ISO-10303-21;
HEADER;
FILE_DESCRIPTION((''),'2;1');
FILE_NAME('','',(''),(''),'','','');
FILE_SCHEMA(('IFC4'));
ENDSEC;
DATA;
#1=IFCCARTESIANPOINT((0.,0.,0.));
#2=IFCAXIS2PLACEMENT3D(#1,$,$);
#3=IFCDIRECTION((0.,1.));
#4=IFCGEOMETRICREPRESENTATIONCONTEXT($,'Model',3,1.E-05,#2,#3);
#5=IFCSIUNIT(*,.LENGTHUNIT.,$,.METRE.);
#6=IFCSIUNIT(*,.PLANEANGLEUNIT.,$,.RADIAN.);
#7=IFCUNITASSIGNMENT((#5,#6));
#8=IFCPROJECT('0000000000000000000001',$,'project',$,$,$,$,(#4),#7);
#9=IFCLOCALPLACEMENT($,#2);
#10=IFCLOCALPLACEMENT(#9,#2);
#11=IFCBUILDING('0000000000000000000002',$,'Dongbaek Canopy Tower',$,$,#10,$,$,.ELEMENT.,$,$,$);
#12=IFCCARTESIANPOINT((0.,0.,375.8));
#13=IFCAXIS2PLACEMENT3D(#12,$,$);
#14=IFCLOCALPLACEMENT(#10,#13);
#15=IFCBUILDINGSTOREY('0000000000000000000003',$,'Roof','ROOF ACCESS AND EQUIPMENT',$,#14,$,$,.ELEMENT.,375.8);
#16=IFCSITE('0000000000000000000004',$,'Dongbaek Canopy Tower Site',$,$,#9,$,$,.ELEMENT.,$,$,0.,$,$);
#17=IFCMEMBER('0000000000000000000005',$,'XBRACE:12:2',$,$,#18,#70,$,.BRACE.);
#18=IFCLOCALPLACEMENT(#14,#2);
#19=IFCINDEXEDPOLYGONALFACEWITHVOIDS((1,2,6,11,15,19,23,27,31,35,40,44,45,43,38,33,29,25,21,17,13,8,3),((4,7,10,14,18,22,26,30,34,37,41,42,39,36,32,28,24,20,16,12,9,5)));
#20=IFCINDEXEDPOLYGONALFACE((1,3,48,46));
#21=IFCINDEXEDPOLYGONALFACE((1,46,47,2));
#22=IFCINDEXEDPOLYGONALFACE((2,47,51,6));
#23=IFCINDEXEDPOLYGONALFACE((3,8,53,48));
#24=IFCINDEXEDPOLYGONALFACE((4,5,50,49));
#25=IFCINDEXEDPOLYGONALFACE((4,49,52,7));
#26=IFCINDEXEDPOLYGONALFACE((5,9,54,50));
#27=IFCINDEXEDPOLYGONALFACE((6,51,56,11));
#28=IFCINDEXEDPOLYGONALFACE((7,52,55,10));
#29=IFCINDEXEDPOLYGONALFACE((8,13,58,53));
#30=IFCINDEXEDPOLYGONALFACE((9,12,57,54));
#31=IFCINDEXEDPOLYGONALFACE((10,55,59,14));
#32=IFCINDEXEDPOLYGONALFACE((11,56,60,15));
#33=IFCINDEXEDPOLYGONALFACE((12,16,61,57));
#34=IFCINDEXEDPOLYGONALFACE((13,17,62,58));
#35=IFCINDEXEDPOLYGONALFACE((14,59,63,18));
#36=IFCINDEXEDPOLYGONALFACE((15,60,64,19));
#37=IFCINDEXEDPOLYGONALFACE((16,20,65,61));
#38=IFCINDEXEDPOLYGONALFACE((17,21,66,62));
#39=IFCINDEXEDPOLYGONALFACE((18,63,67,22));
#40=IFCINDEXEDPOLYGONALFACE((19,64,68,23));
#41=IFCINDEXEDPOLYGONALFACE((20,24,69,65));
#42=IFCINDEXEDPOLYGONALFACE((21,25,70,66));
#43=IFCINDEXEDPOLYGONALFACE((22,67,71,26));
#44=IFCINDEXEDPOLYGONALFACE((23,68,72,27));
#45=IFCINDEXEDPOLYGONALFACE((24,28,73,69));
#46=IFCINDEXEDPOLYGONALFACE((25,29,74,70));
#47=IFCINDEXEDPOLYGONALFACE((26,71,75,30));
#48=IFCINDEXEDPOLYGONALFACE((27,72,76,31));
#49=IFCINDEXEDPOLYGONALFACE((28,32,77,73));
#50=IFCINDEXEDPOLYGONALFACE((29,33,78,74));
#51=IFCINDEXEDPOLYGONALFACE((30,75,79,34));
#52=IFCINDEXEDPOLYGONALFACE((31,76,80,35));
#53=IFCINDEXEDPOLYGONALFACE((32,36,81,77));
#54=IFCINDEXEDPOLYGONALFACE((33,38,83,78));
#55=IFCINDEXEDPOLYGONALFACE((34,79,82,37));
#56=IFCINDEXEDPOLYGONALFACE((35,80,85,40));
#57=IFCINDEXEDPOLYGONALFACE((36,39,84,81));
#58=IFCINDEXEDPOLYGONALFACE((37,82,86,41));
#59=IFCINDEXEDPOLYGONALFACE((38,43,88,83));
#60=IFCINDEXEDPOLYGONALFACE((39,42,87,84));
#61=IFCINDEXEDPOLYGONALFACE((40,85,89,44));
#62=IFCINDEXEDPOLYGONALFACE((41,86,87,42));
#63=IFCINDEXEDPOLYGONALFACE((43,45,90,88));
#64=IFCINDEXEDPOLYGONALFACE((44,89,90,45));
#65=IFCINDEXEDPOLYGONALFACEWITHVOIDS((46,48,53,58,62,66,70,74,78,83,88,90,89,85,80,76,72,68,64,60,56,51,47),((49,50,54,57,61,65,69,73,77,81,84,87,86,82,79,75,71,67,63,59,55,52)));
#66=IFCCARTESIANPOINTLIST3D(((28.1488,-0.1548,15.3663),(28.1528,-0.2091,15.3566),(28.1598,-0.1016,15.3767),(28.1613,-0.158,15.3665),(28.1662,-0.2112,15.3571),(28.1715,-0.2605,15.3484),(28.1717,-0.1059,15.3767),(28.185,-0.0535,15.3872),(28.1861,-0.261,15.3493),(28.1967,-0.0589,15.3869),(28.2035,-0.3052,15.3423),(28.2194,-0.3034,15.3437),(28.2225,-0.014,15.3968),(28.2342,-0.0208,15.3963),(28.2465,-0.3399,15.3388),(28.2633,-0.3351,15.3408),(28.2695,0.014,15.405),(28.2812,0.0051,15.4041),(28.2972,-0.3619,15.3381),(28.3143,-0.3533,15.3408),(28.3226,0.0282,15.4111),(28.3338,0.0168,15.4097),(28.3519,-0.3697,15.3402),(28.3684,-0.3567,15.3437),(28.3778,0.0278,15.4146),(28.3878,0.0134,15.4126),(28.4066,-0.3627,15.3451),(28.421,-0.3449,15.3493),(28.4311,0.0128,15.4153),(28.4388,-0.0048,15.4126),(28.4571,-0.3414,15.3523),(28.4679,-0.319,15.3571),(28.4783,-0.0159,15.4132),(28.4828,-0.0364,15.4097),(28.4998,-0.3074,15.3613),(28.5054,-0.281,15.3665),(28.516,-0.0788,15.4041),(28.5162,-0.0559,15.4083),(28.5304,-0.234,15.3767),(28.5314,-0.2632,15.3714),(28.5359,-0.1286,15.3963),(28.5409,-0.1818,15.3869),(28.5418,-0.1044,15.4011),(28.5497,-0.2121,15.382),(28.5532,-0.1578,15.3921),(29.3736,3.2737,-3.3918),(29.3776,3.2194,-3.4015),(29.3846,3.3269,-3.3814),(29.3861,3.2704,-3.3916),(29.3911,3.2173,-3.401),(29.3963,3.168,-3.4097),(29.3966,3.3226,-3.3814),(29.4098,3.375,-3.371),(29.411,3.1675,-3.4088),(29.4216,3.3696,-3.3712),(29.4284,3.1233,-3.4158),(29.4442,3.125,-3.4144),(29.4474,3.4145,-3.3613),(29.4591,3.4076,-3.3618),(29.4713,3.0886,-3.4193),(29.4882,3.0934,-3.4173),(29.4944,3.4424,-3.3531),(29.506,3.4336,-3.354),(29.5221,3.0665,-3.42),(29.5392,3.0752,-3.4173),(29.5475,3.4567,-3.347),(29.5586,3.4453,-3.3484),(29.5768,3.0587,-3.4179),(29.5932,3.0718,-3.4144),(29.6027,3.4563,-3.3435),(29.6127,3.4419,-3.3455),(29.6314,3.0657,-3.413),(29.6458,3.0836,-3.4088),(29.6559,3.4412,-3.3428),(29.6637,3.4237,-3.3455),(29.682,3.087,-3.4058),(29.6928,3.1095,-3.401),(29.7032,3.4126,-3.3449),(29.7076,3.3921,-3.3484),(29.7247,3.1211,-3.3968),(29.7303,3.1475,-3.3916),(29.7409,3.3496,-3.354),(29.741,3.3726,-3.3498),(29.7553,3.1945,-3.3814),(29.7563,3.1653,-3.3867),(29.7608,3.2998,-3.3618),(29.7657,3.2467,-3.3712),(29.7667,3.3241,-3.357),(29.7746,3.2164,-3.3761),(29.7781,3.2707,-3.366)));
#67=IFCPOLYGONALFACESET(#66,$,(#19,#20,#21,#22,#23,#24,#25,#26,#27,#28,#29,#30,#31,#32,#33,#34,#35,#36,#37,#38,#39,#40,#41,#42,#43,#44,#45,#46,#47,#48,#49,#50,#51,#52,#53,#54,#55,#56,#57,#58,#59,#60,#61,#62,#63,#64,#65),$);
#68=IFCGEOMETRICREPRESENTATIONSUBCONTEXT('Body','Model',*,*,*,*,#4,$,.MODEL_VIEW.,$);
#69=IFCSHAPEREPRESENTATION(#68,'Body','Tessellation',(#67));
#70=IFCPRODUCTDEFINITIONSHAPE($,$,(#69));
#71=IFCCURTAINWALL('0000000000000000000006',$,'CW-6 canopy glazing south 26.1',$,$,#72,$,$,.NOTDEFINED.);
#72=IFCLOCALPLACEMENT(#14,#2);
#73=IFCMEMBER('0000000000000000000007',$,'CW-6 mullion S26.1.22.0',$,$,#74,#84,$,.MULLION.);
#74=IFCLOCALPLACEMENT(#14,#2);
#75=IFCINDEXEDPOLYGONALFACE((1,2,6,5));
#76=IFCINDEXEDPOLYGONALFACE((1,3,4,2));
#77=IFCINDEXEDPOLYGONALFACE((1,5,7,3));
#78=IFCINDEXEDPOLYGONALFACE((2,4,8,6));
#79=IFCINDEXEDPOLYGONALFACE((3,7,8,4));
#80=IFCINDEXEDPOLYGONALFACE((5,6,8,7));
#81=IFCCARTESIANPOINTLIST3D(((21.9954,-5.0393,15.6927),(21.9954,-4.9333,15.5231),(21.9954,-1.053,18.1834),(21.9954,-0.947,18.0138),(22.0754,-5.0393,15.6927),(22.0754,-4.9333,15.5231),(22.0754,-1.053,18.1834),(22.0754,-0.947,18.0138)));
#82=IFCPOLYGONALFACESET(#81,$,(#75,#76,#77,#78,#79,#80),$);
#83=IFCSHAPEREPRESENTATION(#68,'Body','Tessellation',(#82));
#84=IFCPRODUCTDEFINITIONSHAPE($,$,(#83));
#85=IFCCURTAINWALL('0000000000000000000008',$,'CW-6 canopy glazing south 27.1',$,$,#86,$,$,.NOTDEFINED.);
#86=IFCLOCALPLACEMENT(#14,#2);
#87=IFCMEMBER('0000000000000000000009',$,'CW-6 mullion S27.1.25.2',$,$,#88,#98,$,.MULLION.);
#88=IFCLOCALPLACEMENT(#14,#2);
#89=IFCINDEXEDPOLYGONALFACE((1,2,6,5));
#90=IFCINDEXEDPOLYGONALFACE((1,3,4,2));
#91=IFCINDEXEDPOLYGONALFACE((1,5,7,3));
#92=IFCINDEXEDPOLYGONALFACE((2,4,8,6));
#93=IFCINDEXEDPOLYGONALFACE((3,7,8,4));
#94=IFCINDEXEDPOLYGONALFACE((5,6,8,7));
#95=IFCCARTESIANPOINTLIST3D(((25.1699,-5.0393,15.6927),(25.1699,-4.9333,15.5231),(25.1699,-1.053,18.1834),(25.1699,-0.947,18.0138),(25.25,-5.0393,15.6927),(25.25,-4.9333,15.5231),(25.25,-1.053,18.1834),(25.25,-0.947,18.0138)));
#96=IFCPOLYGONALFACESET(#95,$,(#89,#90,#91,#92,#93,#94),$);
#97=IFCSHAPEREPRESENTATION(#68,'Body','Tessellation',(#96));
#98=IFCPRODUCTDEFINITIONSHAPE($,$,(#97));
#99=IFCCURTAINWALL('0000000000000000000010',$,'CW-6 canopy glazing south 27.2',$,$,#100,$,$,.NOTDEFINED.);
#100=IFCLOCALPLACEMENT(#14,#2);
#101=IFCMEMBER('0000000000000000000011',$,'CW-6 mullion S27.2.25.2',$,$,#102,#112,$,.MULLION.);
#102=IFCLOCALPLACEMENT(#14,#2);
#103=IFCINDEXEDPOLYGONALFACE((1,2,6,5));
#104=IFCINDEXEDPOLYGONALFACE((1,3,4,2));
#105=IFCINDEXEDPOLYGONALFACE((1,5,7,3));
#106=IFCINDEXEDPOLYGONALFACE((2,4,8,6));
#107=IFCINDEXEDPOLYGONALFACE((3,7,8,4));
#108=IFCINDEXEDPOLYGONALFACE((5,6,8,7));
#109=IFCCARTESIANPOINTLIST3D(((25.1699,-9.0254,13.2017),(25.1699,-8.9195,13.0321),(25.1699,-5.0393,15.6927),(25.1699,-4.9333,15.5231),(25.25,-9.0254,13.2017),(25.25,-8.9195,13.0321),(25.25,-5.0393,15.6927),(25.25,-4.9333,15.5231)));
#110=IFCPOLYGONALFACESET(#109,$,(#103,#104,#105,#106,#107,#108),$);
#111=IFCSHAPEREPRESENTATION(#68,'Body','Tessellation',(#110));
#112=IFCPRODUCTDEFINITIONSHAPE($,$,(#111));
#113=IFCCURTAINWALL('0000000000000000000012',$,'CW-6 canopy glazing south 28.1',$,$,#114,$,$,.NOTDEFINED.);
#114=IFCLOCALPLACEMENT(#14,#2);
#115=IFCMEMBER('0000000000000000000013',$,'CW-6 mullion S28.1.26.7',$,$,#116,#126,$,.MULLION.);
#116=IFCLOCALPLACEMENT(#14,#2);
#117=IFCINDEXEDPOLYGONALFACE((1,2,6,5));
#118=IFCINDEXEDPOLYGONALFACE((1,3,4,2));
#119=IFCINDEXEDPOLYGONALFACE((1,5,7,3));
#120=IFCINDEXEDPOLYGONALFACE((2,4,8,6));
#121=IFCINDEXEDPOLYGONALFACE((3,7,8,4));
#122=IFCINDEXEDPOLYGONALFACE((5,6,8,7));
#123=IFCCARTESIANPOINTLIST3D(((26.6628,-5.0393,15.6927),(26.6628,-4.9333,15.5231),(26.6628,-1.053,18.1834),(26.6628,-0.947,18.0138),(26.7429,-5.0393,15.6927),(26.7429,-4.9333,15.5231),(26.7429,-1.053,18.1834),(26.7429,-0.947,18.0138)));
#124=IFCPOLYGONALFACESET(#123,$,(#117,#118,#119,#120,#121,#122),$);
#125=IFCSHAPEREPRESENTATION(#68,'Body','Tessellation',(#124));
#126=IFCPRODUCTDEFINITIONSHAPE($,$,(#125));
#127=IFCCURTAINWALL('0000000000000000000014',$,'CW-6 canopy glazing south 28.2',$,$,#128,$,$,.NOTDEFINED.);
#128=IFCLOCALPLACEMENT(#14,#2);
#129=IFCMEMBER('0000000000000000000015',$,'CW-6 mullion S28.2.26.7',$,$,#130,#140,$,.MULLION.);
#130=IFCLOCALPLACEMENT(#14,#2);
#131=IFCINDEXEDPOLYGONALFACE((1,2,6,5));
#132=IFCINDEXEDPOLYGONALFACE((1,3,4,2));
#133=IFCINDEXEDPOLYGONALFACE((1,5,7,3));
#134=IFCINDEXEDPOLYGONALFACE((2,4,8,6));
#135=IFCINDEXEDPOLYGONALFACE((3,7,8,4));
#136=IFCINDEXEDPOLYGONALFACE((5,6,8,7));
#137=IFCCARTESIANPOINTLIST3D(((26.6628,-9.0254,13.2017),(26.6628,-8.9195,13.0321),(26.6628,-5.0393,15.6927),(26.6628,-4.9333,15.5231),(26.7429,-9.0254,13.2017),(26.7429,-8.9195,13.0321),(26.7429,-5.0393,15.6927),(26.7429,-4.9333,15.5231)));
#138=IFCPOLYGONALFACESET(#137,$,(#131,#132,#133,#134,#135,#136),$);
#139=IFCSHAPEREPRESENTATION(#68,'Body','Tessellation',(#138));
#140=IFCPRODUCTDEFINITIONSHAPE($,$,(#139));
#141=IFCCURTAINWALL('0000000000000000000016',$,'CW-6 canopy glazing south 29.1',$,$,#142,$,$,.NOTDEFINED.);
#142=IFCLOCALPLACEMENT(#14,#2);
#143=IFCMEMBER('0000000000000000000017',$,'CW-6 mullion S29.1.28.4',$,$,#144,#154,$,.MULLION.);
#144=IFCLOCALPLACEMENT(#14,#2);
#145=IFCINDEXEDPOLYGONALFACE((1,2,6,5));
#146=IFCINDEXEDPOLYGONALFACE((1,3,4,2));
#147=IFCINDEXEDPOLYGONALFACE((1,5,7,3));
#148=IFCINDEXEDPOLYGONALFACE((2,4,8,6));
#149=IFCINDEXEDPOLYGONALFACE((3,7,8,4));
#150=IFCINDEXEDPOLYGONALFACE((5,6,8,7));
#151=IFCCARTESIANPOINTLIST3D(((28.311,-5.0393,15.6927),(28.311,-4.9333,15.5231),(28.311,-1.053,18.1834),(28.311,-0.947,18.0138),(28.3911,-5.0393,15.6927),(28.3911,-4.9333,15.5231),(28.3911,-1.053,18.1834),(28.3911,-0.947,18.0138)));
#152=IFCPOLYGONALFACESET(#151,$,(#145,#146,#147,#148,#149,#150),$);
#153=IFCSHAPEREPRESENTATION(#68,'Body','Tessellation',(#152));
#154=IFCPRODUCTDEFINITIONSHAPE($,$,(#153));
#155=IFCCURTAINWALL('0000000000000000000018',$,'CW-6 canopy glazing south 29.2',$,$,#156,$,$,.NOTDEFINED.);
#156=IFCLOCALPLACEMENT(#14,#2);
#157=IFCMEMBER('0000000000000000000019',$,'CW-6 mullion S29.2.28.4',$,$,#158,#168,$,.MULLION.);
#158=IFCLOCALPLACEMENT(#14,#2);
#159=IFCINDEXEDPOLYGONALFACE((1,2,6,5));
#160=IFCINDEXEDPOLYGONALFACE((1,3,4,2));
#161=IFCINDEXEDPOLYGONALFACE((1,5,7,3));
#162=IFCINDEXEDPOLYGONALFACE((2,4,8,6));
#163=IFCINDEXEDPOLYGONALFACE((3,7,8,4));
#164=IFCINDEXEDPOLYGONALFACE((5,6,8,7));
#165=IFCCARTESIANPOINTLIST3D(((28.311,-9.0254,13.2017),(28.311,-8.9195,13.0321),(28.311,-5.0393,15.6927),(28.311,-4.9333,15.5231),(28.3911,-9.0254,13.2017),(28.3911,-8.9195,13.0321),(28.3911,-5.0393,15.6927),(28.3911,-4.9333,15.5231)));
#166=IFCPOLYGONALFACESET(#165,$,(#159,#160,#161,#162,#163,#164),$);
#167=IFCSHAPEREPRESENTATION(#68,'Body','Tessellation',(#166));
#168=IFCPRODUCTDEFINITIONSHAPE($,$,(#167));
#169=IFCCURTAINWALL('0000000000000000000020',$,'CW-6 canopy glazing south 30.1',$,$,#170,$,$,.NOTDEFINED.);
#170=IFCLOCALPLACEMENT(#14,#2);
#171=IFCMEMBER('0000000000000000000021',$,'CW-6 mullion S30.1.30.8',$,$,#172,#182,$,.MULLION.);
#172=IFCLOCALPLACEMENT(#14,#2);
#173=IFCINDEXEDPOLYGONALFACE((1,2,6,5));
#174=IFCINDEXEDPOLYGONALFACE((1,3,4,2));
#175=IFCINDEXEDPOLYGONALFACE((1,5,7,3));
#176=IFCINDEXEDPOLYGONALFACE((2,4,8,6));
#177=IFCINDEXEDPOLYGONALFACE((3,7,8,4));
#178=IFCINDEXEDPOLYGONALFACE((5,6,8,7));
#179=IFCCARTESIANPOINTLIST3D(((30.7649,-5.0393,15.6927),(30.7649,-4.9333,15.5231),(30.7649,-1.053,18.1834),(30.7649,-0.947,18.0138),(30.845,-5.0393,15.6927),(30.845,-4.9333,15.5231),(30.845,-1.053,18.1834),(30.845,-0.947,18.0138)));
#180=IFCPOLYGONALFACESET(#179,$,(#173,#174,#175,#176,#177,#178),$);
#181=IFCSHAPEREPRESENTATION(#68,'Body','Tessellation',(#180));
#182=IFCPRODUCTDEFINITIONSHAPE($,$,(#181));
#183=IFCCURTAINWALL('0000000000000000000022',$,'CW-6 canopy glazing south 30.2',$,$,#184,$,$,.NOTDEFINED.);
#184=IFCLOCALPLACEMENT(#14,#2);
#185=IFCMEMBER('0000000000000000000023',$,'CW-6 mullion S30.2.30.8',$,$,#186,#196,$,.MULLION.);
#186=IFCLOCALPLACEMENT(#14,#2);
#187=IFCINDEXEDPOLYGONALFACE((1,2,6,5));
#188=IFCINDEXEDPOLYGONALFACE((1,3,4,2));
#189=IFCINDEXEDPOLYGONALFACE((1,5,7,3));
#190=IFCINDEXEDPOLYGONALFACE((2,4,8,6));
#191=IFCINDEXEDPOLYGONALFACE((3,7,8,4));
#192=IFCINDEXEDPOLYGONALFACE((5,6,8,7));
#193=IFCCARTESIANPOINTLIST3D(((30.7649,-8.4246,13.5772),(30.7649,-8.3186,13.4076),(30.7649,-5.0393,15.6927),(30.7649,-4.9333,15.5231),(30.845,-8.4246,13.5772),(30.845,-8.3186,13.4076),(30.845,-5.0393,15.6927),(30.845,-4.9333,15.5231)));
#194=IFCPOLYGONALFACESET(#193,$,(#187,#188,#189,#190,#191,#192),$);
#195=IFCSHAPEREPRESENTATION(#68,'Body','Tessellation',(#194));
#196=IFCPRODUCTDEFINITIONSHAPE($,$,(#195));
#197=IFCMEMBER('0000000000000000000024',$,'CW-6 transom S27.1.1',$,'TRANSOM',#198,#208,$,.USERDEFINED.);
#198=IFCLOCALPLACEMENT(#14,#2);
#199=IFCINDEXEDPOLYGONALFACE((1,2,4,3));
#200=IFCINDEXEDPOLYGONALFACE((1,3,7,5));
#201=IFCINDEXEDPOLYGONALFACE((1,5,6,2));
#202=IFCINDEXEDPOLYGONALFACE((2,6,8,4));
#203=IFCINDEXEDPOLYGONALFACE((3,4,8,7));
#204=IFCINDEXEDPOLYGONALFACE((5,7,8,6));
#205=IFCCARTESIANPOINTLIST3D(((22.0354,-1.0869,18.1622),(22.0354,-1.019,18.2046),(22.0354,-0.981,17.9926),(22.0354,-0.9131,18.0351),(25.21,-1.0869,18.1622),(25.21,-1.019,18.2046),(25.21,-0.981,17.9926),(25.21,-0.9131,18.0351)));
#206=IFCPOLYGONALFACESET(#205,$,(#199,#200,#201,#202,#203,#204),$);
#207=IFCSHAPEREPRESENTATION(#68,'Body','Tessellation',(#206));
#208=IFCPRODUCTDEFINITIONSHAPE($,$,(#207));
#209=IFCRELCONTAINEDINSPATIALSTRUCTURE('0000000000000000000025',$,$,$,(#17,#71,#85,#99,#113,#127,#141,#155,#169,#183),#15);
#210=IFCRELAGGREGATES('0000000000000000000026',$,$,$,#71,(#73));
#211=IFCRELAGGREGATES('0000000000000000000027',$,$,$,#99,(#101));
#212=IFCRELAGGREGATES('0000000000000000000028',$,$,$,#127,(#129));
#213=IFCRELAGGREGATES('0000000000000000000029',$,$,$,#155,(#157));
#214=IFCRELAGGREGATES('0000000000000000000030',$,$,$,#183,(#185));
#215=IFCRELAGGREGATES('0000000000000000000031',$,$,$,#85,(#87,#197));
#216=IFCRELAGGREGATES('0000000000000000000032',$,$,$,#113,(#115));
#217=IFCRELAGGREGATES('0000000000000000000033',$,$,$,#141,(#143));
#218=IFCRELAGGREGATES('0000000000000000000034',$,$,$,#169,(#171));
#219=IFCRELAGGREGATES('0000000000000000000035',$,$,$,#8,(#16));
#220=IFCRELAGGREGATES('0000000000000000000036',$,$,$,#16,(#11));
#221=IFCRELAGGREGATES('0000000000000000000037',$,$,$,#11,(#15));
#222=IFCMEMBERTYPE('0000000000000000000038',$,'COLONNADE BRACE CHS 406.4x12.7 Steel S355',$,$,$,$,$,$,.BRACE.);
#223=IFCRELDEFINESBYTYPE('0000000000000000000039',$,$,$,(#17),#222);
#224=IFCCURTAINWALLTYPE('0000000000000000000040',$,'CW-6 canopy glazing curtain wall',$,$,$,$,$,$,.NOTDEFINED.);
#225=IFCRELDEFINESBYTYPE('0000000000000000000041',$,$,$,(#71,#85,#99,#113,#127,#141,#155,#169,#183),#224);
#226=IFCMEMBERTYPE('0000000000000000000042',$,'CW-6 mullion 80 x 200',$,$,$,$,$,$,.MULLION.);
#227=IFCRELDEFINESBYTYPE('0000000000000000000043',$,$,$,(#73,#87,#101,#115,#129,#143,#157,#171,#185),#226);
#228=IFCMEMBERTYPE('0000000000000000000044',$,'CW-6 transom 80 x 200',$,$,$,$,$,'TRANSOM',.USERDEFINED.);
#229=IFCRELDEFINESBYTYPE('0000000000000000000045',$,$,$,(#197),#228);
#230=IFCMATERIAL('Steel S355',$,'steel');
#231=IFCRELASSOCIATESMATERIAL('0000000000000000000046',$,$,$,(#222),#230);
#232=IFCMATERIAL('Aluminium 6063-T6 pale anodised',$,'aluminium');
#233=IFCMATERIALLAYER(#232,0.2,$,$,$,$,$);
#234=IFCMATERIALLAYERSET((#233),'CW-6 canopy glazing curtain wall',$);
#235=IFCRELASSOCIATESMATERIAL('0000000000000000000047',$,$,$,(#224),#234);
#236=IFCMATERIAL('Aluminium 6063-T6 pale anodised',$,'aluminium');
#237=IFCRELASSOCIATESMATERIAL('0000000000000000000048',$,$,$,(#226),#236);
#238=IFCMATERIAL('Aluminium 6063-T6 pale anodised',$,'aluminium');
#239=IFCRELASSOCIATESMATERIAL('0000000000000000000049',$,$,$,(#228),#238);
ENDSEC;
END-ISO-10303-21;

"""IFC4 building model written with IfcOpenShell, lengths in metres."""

from ifc_helpers import new_model, si_unit, direction, frame, origin, origin_2d, place, context, subcontext, project, spatial, rectangle, hollow_circle, extrude, material, layer, layer_set, material_profile, profile_set, type_object, element, aggregate, save


model = new_model("IFC4")

# Units and contexts
model_context = context("Model", 3, precision=1e-05, world=origin(), true_north=direction((0.0, 1.0)))
body_context = subcontext(model_context, "Body", "Model", "MODEL_VIEW")
ifc_project = project(units=[si_unit("LENGTHUNIT", "METRE"), si_unit("PLANEANGLEUNIT", "RADIAN")], contexts=[model_context])

# Site, building, storey
site_placement = place(None, origin())
site = spatial("IfcSite", under=ifc_project, at=site_placement, Name="Dongbaek Canopy Tower Site", CompositionType="ELEMENT", RefElevation=0.0)
building_placement = place(site_placement, origin())
building = spatial("IfcBuilding", under=site, at=building_placement, Name="Dongbaek Canopy Tower", CompositionType="ELEMENT")
storey_placement = place(building_placement, frame((0.0, 0.0, 375.8)))
storey = spatial("IfcBuildingStorey", under=building, at=storey_placement, Name="Roof", Description="ROOF ACCESS AND EQUIPMENT", CompositionType="ELEMENT", Elevation=375.8)

# Member
ifc_material_1 = material(Name="Steel S355", Category="steel")
ifc_material_profile_1 = material_profile(ifc_material_1, hollow_circle(Radius=0.2031, WallThickness=0.0127, at=origin_2d()), Name="COLONNADE BRACE CHS 406.4x12.7 Steel S355")
ifc_profile_set_1 = profile_set([ifc_material_profile_1], Name="Steel S355")
member_type_1 = type_object("IfcMemberType", Name="COLONNADE BRACE CHS 406.4x12.7 Steel S355", PredefinedType="BRACE", material=ifc_profile_set_1)
member_1_placement = place(storey_placement, frame((28.3511, -0.1699, 15.3767), z_axis=(0.064101, 0.179425, -0.981681), x_axis=(-0.941707, 0.336434, 0.0)))
element("IfcMember", 1, at=member_1_placement, inside=storey, type_object=member_type_1, Name="XBRACE:12:2", PredefinedType="BRACE", context=body_context, shape_type="SweptSolid", body=[
    extrude(hollow_circle(Radius=0.2031, WallThickness=0.0127, at=origin_2d()), origin(), (0.0, 0.0, 1.0), 19.1082),
])

# Curtain walls, members
ifc_material_2 = material(Name="Aluminium 6063-T6 pale anodised", Category="aluminium")
ifc_layer_1 = layer(ifc_material_2, 0.2)
ifc_layer_set_1 = layer_set([ifc_layer_1], Name="CW-6 canopy glazing curtain wall")
curtain_wall_type = type_object("IfcCurtainWallType", Name="CW-6 canopy glazing curtain wall", PredefinedType="NOTDEFINED", material=ifc_layer_set_1)
curtain_wall_1_placement = place(storey_placement, origin())
curtain_wall_1 = element("IfcCurtainWall", 2, at=curtain_wall_1_placement, inside=storey, type_object=curtain_wall_type, Name="CW-6 canopy glazing south 26.1", PredefinedType="NOTDEFINED")
ifc_material_3 = material(Name="Aluminium 6063-T6 pale anodised", Category="aluminium")
ifc_material_profile_2 = material_profile(ifc_material_3, rectangle(XDim=0.0801, YDim=0.2, at=origin_2d()), Name="CW-6 mullion 80 x 200")
ifc_profile_set_2 = profile_set([ifc_material_profile_2], Name="Aluminium 6063-T6 pale anodised")
member_type_2 = type_object("IfcMemberType", Name="CW-6 mullion 80 x 200", PredefinedType="MULLION", material=ifc_profile_set_2)
member_2_placement = place(storey_placement, frame((22.0354, -1.0, 18.0986), z_axis=(0.0, -0.848068, -0.529887), x_axis=(1.0, 0.0, 0.0)))
member_2 = element("IfcMember", 3, at=member_2_placement, type_object=member_type_2, Name="CW-6 mullion S26.1.22.0", PredefinedType="MULLION", context=body_context, shape_type="SweptSolid", body=[
    extrude(rectangle(XDim=0.0801, YDim=0.2, at=origin_2d()), origin(), (0.0, 0.0, 1.0), 4.7004),
])
aggregate(curtain_wall_1, [member_2])
curtain_wall_2_placement = place(storey_placement, origin())
curtain_wall_2 = element("IfcCurtainWall", 4, at=curtain_wall_2_placement, inside=storey, type_object=curtain_wall_type, Name="CW-6 canopy glazing south 27.1", PredefinedType="NOTDEFINED")
member_3_placement = place(storey_placement, frame((25.21, -1.0, 18.0986), z_axis=(0.0, -0.848068, -0.529887), x_axis=(1.0, 0.0, 0.0)))
member_3 = element("IfcMember", 5, at=member_3_placement, type_object=member_type_2, Name="CW-6 mullion S27.1.25.2", PredefinedType="MULLION", context=body_context, shape_type="SweptSolid", body=[
    extrude(rectangle(XDim=0.0801, YDim=0.2, at=origin_2d()), origin(), (0.0, 0.0, 1.0), 4.7004),
])
curtain_wall_3_placement = place(storey_placement, origin())
curtain_wall_3 = element("IfcCurtainWall", 6, at=curtain_wall_3_placement, inside=storey, type_object=curtain_wall_type, Name="CW-6 canopy glazing south 27.2", PredefinedType="NOTDEFINED")
member_4_placement = place(storey_placement, frame((25.21, -4.9863, 15.6079), z_axis=(0.0, -0.84803, -0.529948), x_axis=(1.0, 0.0, 0.0)))
member_4 = element("IfcMember", 7, at=member_4_placement, type_object=member_type_2, Name="CW-6 mullion S27.2.25.2", PredefinedType="MULLION", context=body_context, shape_type="SweptSolid", body=[
    extrude(rectangle(XDim=0.0801, YDim=0.2, at=origin_2d()), origin(), (0.0, 0.0, 1.0), 4.7004),
])
aggregate(curtain_wall_3, [member_4])
curtain_wall_4_placement = place(storey_placement, origin())
curtain_wall_4 = element("IfcCurtainWall", 8, at=curtain_wall_4_placement, inside=storey, type_object=curtain_wall_type, Name="CW-6 canopy glazing south 28.1", PredefinedType="NOTDEFINED")
member_5_placement = place(storey_placement, frame((26.7029, -1.0, 18.0986), z_axis=(0.0, -0.848068, -0.529887), x_axis=(1.0, 0.0, 0.0)))
member_5 = element("IfcMember", 9, at=member_5_placement, type_object=member_type_2, Name="CW-6 mullion S28.1.26.7", PredefinedType="MULLION", context=body_context, shape_type="SweptSolid", body=[
    extrude(rectangle(XDim=0.0801, YDim=0.2, at=origin_2d()), origin(), (0.0, 0.0, 1.0), 4.7004),
])
curtain_wall_5_placement = place(storey_placement, origin())
curtain_wall_5 = element("IfcCurtainWall", 10, at=curtain_wall_5_placement, inside=storey, type_object=curtain_wall_type, Name="CW-6 canopy glazing south 28.2", PredefinedType="NOTDEFINED")
member_6_placement = place(storey_placement, frame((26.7029, -4.9863, 15.6079), z_axis=(0.0, -0.84803, -0.529948), x_axis=(1.0, 0.0, 0.0)))
member_6 = element("IfcMember", 11, at=member_6_placement, type_object=member_type_2, Name="CW-6 mullion S28.2.26.7", PredefinedType="MULLION", context=body_context, shape_type="SweptSolid", body=[
    extrude(rectangle(XDim=0.0801, YDim=0.2, at=origin_2d()), origin(), (0.0, 0.0, 1.0), 4.7004),
])
aggregate(curtain_wall_5, [member_6])
curtain_wall_6_placement = place(storey_placement, origin())
curtain_wall_6 = element("IfcCurtainWall", 12, at=curtain_wall_6_placement, inside=storey, type_object=curtain_wall_type, Name="CW-6 canopy glazing south 29.1", PredefinedType="NOTDEFINED")
member_7_placement = place(storey_placement, frame((28.3511, -1.0, 18.0986), z_axis=(0.0, -0.848068, -0.529887), x_axis=(1.0, 0.0, 0.0)))
member_7 = element("IfcMember", 13, at=member_7_placement, type_object=member_type_2, Name="CW-6 mullion S29.1.28.4", PredefinedType="MULLION", context=body_context, shape_type="SweptSolid", body=[
    extrude(rectangle(XDim=0.0801, YDim=0.2, at=origin_2d()), origin(), (0.0, 0.0, 1.0), 4.7004),
])
curtain_wall_7_placement = place(storey_placement, origin())
curtain_wall_7 = element("IfcCurtainWall", 14, at=curtain_wall_7_placement, inside=storey, type_object=curtain_wall_type, Name="CW-6 canopy glazing south 29.2", PredefinedType="NOTDEFINED")
member_8_placement = place(storey_placement, frame((28.3511, -4.9863, 15.6079), z_axis=(0.0, -0.84803, -0.529948), x_axis=(1.0, 0.0, 0.0)))
member_8 = element("IfcMember", 15, at=member_8_placement, type_object=member_type_2, Name="CW-6 mullion S29.2.28.4", PredefinedType="MULLION", context=body_context, shape_type="SweptSolid", body=[
    extrude(rectangle(XDim=0.0801, YDim=0.2, at=origin_2d()), origin(), (0.0, 0.0, 1.0), 4.7004),
])
aggregate(curtain_wall_7, [member_8])
curtain_wall_8_placement = place(storey_placement, origin())
curtain_wall_8 = element("IfcCurtainWall", 16, at=curtain_wall_8_placement, inside=storey, type_object=curtain_wall_type, Name="CW-6 canopy glazing south 30.1", PredefinedType="NOTDEFINED")
member_9_placement = place(storey_placement, frame((30.8049, -1.0, 18.0986), z_axis=(0.0, -0.848068, -0.529887), x_axis=(1.0, 0.0, 0.0)))
member_9 = element("IfcMember", 17, at=member_9_placement, type_object=member_type_2, Name="CW-6 mullion S30.1.30.8", PredefinedType="MULLION", context=body_context, shape_type="SweptSolid", body=[
    extrude(rectangle(XDim=0.0801, YDim=0.2, at=origin_2d()), origin(), (0.0, 0.0, 1.0), 4.7004),
])
curtain_wall_9_placement = place(storey_placement, origin())
curtain_wall_9 = element("IfcCurtainWall", 18, at=curtain_wall_9_placement, inside=storey, type_object=curtain_wall_type, Name="CW-6 canopy glazing south 30.2", PredefinedType="NOTDEFINED")
member_10_placement = place(storey_placement, frame((30.8049, -4.9863, 15.6079), z_axis=(0.0, -0.848033, -0.529944), x_axis=(1.0, 0.0, 0.0)))
member_10 = element("IfcMember", 19, at=member_10_placement, type_object=member_type_2, Name="CW-6 mullion S30.2.30.8", PredefinedType="MULLION", context=body_context, shape_type="SweptSolid", body=[
    extrude(rectangle(XDim=0.0801, YDim=0.2, at=origin_2d()), origin(), (0.0, 0.0, 1.0), 3.9919),
])
aggregate(curtain_wall_9, [member_10])

# Member
ifc_material_4 = material(Name="Aluminium 6063-T6 pale anodised", Category="aluminium")
ifc_material_profile_3 = material_profile(ifc_material_4, rectangle(XDim=0.0801, YDim=0.2, at=origin_2d()), Name="CW-6 transom 80 x 200")
ifc_profile_set_3 = profile_set([ifc_material_profile_3], Name="Aluminium 6063-T6 pale anodised")
member_type_3 = type_object("IfcMemberType", Name="CW-6 transom 80 x 200", ElementType="TRANSOM", PredefinedType="USERDEFINED", material=ifc_profile_set_3)
member_11_placement = place(storey_placement, frame((22.0354, -1.0, 18.0986), z_axis=(1.0, 0.0, 0.0), x_axis=(0.0, 0.848048, 0.529919)))
member_11 = element("IfcMember", 20, at=member_11_placement, type_object=member_type_3, Name="CW-6 transom S27.1.1", ObjectType="TRANSOM", PredefinedType="USERDEFINED", context=body_context, shape_type="SweptSolid", body=[
    extrude(rectangle(XDim=0.0801, YDim=0.2, at=origin_2d()), origin(), (0.0, 0.0, 1.0), 3.1746),
])

aggregate(curtain_wall_2, [member_3, member_11])
aggregate(curtain_wall_4, [member_5])
aggregate(curtain_wall_6, [member_7])
aggregate(curtain_wall_8, [member_9])

save(model, "model.ifc")
